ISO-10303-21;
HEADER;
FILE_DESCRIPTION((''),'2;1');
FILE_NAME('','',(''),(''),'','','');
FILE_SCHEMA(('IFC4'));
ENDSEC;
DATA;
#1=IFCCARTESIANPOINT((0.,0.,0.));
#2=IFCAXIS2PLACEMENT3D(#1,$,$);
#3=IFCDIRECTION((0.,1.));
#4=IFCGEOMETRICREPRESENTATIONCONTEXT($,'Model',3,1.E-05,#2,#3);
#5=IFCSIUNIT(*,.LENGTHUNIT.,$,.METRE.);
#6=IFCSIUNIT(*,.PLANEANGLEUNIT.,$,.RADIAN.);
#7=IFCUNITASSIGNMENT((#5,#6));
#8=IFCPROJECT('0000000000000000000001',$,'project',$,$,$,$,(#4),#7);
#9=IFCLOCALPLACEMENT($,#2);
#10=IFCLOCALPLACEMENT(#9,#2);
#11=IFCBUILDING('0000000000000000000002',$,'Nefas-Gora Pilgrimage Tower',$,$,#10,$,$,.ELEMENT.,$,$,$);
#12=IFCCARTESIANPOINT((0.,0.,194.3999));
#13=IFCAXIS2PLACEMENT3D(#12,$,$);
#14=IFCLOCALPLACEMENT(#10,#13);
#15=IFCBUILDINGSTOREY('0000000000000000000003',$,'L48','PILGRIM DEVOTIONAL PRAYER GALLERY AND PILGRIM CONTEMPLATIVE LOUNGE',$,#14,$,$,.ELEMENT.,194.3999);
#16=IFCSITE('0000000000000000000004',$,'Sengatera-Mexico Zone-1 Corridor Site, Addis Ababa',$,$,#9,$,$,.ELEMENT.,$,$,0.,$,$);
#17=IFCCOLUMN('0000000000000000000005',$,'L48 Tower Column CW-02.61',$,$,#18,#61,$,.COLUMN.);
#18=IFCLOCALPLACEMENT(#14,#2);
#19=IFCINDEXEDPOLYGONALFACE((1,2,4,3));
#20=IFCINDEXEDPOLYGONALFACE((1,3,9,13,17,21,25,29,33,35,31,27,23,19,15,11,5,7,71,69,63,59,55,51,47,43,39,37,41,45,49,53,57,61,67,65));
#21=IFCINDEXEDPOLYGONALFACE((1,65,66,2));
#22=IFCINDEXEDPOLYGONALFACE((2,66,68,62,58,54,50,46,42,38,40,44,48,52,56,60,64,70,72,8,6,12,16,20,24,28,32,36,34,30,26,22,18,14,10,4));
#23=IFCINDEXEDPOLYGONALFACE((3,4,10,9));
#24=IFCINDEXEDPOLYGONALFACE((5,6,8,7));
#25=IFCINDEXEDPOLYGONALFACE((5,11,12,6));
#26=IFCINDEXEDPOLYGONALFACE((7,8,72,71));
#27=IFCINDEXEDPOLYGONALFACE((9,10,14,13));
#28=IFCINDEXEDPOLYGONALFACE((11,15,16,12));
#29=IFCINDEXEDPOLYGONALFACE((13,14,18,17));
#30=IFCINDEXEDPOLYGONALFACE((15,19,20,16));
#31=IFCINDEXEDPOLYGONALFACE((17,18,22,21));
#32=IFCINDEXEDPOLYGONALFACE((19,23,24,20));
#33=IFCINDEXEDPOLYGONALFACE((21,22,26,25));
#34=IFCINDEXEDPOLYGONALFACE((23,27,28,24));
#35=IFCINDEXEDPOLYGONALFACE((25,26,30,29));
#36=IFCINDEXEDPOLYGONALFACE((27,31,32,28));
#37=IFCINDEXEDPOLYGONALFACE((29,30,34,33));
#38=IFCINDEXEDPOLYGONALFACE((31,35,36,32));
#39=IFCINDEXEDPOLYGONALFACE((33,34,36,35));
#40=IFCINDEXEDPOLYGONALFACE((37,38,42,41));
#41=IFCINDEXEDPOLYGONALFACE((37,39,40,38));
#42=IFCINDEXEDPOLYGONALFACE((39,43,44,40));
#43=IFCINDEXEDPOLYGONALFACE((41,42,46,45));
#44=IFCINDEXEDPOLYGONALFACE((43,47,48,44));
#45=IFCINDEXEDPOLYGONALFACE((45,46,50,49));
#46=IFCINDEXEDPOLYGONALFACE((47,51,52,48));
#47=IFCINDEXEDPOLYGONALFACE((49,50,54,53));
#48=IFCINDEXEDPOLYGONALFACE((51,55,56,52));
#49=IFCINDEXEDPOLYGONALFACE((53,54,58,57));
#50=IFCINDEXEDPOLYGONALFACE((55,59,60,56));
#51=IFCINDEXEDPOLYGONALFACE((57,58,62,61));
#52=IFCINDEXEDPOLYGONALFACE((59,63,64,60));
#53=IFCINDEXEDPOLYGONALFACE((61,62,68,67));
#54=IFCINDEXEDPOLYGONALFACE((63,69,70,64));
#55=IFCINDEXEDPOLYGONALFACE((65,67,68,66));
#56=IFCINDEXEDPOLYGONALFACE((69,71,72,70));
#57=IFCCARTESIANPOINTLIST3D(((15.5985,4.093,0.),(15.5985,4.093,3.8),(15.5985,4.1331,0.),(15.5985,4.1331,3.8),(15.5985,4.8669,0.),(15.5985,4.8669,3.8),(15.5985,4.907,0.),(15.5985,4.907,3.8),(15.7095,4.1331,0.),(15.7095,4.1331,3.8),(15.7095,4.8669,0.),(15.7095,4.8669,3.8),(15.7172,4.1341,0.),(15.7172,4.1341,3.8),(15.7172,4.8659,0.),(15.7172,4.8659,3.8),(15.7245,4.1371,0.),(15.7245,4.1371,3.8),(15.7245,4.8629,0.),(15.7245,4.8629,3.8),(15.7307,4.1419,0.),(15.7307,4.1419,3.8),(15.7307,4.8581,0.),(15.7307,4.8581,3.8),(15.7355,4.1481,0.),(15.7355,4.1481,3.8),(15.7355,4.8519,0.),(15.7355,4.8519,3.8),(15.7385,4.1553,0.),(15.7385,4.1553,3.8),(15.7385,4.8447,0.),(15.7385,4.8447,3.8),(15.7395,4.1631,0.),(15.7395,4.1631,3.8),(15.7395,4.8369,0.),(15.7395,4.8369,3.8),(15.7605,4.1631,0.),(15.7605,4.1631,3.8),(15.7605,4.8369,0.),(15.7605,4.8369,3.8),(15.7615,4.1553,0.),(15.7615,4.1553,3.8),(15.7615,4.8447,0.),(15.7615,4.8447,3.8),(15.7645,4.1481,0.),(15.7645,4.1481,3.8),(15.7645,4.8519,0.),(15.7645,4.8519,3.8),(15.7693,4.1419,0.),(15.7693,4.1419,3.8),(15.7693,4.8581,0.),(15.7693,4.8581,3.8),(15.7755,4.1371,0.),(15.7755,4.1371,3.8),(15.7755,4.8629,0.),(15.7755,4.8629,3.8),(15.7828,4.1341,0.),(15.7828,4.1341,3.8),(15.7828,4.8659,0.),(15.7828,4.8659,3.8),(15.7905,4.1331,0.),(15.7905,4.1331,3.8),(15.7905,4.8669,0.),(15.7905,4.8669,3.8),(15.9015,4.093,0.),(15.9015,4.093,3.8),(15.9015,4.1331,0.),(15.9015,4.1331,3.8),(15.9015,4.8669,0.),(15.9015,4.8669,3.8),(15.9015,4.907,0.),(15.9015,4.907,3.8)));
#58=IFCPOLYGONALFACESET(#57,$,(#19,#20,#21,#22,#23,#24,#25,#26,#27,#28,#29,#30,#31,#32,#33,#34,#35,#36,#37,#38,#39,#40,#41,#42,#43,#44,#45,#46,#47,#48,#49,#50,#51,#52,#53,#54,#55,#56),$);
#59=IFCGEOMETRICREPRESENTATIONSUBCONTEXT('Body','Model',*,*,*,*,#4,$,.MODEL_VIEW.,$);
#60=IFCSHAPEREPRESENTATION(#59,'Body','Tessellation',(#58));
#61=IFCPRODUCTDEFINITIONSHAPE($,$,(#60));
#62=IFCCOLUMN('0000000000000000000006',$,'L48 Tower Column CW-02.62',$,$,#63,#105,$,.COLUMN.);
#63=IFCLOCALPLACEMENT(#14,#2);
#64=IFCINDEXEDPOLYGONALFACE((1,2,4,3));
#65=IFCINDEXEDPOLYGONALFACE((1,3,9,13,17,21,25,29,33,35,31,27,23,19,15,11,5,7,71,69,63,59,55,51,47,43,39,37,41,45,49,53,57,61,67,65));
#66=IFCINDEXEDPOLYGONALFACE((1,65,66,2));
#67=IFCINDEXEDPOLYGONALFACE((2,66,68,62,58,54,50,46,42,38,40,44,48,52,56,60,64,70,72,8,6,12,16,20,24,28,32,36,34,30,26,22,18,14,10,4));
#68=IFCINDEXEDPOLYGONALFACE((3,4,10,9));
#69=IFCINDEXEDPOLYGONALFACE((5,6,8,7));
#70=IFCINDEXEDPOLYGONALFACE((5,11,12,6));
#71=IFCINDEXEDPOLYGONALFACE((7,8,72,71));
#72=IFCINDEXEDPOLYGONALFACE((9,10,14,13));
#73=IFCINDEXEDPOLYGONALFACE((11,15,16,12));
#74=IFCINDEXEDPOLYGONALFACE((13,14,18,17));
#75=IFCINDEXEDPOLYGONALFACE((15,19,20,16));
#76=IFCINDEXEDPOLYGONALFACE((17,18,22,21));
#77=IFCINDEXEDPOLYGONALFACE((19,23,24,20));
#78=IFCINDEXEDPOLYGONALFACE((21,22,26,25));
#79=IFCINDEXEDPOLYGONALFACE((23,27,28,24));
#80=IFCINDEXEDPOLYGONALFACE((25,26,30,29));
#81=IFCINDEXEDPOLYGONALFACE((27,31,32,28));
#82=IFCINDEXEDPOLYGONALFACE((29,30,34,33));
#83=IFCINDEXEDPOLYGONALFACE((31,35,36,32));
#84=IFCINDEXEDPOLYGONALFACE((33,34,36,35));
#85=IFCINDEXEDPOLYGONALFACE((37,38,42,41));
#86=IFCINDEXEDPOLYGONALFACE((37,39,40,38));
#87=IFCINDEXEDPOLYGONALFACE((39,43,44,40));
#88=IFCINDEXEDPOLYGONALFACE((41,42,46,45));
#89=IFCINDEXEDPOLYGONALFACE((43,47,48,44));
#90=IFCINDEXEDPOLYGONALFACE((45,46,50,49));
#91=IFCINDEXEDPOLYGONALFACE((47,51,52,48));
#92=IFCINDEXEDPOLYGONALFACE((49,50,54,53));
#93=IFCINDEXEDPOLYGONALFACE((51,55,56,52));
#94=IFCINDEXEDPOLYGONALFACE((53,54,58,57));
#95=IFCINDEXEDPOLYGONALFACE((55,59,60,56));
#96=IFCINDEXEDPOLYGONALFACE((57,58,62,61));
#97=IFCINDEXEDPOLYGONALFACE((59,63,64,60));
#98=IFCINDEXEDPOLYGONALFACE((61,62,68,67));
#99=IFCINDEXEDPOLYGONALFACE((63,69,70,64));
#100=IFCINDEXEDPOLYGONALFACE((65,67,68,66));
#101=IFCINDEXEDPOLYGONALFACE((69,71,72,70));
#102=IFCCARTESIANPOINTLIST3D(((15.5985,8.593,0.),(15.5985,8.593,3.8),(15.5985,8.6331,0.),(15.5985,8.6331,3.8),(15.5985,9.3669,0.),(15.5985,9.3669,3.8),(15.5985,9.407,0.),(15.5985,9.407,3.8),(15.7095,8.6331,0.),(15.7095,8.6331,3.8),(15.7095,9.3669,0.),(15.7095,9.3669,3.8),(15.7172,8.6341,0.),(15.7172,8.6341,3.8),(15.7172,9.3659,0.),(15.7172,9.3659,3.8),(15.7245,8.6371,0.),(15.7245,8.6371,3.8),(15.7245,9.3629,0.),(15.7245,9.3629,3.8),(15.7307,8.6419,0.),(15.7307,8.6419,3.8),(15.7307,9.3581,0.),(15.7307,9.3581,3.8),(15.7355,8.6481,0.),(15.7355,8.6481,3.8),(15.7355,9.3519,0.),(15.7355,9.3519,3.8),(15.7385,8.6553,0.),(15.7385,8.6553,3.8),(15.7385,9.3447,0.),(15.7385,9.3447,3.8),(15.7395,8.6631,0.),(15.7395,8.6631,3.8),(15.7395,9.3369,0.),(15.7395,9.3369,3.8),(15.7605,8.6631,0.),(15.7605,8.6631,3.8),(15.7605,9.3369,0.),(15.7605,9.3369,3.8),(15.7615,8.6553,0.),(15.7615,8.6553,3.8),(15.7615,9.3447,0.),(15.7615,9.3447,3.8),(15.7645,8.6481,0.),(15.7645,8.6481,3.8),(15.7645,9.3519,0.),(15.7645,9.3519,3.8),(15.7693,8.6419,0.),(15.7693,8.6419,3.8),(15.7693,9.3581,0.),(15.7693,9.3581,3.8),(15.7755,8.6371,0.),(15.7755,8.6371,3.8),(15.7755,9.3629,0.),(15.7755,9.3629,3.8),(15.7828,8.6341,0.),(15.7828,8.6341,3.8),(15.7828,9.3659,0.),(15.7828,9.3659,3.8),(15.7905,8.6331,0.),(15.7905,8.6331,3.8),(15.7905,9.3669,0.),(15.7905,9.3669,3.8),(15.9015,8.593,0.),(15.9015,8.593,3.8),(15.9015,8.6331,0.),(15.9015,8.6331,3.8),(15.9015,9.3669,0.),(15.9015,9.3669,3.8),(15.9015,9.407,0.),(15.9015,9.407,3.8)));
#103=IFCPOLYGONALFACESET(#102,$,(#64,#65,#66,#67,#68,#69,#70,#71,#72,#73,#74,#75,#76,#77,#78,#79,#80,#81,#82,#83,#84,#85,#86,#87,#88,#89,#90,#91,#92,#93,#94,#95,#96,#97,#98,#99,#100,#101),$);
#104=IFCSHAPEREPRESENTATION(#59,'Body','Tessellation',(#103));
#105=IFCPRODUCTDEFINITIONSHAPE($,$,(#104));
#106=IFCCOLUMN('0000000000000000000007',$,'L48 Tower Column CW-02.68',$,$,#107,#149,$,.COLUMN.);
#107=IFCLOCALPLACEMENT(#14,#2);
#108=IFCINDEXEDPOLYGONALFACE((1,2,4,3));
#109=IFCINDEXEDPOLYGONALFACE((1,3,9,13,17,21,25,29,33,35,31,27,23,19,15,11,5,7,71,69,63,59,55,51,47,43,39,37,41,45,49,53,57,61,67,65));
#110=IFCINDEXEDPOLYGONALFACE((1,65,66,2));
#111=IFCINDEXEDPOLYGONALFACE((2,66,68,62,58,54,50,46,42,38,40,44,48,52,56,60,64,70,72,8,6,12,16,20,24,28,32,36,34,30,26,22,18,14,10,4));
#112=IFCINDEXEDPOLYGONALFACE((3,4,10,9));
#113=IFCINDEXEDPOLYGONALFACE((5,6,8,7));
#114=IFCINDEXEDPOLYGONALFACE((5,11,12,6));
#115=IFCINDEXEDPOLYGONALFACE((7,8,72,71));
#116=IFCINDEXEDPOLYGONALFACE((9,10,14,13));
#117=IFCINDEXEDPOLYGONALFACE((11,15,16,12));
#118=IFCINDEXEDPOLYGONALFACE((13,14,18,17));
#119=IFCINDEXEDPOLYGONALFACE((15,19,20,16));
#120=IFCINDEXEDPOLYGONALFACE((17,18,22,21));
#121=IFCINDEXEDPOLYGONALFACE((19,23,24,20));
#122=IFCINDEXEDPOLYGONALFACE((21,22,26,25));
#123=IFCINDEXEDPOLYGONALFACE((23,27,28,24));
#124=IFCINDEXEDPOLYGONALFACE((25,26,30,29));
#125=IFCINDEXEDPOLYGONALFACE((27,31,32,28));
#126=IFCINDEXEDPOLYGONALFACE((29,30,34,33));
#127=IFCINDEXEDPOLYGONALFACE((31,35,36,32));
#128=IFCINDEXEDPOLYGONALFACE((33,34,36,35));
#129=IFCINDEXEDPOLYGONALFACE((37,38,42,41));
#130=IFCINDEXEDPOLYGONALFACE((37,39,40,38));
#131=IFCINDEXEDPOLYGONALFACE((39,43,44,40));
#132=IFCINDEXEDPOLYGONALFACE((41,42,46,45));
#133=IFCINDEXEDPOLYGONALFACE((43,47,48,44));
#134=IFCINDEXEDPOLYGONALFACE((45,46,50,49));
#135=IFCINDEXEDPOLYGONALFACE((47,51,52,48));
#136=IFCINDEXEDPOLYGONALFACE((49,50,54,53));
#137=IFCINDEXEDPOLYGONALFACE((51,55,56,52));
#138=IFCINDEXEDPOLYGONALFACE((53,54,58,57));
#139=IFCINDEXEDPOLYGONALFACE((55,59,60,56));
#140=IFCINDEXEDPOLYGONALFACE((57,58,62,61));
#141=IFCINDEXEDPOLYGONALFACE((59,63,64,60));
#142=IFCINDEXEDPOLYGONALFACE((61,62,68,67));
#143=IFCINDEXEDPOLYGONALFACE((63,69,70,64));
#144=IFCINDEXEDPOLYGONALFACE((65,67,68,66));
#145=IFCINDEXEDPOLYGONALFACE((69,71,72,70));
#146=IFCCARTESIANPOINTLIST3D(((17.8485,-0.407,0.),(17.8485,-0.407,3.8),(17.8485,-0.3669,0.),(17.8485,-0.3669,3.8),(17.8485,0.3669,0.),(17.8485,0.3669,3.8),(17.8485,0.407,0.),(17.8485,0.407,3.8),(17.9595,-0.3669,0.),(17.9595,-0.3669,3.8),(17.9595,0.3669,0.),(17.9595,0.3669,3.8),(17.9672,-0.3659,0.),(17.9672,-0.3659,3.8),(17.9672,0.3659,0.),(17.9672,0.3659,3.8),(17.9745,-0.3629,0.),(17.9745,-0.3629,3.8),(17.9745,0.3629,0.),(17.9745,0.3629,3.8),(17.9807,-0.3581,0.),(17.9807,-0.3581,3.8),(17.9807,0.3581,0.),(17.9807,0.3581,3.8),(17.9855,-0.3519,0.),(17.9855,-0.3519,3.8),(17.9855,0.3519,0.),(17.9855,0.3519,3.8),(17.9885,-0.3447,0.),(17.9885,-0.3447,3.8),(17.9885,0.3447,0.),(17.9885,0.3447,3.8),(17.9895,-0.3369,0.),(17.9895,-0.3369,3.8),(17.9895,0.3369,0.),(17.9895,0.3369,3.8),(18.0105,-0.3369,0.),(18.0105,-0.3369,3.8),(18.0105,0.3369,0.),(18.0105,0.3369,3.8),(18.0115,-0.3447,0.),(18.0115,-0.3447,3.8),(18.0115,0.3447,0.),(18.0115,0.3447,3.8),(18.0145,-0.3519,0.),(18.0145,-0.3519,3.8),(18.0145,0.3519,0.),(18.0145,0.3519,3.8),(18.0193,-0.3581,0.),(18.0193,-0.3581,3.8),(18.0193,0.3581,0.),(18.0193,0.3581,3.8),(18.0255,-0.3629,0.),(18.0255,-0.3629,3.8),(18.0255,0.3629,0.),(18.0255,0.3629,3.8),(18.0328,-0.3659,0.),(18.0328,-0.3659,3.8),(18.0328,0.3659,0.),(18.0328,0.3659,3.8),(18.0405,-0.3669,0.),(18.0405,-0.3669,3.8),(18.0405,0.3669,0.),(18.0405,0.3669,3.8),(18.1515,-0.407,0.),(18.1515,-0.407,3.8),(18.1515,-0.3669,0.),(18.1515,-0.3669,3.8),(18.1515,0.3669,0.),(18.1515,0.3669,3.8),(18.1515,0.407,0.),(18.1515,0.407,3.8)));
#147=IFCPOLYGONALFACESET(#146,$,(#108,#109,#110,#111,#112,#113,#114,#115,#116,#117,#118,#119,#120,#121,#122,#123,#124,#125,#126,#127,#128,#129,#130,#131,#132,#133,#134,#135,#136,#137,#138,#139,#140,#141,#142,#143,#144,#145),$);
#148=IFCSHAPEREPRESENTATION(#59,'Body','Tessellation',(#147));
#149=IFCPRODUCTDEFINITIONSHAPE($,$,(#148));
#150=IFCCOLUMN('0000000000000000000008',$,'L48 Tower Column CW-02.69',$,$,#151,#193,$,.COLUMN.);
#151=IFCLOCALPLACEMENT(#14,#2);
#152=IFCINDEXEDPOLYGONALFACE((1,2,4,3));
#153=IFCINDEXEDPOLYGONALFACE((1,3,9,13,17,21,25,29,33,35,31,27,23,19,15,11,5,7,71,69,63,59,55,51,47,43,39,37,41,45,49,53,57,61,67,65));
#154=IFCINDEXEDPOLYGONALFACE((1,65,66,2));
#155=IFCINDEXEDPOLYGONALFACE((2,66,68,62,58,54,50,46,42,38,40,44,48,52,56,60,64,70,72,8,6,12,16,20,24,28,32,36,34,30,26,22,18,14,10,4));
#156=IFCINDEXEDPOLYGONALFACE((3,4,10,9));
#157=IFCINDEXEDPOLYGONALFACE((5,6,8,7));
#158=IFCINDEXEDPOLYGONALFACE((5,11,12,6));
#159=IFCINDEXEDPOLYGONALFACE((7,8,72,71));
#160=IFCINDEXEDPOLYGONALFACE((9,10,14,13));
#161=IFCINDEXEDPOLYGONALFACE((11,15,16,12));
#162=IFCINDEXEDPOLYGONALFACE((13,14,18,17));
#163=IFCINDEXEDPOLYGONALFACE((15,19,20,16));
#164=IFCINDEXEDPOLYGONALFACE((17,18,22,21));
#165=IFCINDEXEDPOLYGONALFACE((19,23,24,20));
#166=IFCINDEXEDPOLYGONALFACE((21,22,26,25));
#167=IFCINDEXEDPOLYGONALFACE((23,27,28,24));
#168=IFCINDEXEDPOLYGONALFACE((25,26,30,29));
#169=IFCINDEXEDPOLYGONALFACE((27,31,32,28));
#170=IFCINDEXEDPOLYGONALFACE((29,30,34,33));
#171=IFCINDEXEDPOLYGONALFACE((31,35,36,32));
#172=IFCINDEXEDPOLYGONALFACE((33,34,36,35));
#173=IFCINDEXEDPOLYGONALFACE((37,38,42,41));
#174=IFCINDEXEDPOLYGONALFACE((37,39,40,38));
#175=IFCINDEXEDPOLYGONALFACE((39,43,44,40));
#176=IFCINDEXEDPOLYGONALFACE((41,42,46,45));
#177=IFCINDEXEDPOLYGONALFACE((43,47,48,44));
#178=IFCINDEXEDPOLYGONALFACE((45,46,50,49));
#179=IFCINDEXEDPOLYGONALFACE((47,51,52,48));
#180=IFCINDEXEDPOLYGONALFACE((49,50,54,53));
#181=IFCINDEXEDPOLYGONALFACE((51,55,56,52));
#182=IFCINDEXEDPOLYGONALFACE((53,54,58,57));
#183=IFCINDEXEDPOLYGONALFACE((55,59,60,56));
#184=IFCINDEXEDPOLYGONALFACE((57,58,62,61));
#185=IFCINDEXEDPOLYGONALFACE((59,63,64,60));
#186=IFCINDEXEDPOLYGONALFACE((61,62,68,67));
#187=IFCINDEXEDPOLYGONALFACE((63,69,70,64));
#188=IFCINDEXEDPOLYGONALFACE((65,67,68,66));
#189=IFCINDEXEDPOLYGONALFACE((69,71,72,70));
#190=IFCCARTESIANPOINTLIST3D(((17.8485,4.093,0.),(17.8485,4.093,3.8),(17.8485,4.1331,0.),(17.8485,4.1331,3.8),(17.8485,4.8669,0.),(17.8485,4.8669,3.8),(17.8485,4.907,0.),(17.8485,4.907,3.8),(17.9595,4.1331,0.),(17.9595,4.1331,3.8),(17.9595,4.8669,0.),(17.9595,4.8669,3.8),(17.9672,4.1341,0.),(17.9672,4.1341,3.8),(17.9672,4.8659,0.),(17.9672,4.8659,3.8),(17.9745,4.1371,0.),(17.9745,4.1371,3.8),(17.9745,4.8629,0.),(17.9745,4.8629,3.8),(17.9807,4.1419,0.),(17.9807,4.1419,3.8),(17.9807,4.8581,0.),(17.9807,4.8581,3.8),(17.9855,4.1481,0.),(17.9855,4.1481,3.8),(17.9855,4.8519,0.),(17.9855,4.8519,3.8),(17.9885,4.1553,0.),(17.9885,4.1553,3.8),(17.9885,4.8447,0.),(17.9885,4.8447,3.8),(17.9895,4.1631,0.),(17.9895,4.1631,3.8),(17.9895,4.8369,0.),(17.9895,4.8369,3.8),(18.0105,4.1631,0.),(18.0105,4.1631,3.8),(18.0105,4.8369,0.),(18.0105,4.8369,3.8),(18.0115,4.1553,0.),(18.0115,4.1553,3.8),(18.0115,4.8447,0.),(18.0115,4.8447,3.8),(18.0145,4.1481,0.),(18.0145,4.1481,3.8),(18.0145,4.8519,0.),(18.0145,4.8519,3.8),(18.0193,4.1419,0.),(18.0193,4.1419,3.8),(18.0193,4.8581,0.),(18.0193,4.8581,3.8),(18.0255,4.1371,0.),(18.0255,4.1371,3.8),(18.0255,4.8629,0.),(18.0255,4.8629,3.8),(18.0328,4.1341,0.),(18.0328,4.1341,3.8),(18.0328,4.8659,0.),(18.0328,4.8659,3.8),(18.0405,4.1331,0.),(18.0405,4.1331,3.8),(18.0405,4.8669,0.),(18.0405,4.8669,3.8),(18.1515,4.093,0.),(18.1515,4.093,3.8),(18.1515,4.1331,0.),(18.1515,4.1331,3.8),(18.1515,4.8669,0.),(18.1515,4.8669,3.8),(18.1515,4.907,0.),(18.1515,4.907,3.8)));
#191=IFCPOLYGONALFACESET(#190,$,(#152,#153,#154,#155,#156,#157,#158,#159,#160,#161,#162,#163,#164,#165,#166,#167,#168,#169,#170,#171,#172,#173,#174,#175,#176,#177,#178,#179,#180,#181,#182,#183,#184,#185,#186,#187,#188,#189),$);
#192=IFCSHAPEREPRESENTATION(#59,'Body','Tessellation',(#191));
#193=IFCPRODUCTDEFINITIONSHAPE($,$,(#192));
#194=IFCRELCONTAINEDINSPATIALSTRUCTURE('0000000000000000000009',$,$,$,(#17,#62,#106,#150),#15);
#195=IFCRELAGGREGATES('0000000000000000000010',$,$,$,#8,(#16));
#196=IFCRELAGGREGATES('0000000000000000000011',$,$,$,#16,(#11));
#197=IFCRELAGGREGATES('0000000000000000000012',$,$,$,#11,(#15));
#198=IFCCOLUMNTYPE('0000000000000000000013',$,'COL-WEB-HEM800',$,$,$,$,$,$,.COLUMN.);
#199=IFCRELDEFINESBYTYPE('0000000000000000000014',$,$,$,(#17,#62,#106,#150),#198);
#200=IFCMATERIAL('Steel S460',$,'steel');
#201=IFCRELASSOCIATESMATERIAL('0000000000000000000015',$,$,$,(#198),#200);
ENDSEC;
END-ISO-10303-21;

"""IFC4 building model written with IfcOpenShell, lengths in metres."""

from ifc_helpers import new_model, si_unit, direction, frame, origin, origin_2d, place, context, subcontext, project, spatial, i_section, extrude, source, transform, mapped, material, material_profile, profile_set, type_object, element, save


model = new_model("IFC4")

# Units and contexts
model_context = context("Model", 3, precision=1e-05, world=origin(), true_north=direction((0.0, 1.0)))
body_context = subcontext(model_context, "Body", "Model", "MODEL_VIEW")
ifc_project = project(units=[si_unit("LENGTHUNIT", "METRE"), si_unit("PLANEANGLEUNIT", "RADIAN")], contexts=[model_context])

# Site, building, storey
site_placement = place(None, origin())
site = spatial("IfcSite", under=ifc_project, at=site_placement, Name="Sengatera-Mexico Zone-1 Corridor Site, Addis Ababa", CompositionType="ELEMENT", RefElevation=0.0)
building_placement = place(site_placement, origin())
building = spatial("IfcBuilding", under=site, at=building_placement, Name="Nefas-Gora Pilgrimage Tower", CompositionType="ELEMENT")
storey_placement = place(building_placement, frame((0.0, 0.0, 194.3999)))
storey = spatial("IfcBuildingStorey", under=building, at=storey_placement, Name="L48", Description="PILGRIM DEVOTIONAL PRAYER GALLERY AND PILGRIM CONTEMPLATIVE LOUNGE", CompositionType="ELEMENT", Elevation=194.3999)

# Columns
ifc_material_1 = material(Name="Steel S460", Category="steel")
ifc_material_profile_1 = material_profile(ifc_material_1, i_section(OverallWidth=0.303, OverallDepth=0.814, WebThickness=0.021, FlangeThickness=0.04, FilletRadius=0.03, at=origin_2d()), Name="HEM 800")
ifc_profile_set_1 = profile_set([ifc_material_profile_1], Name="Steel S460")
column_type_1 = type_object("IfcColumnType", Name="COL-WEB-HEM800", PredefinedType="COLUMN", material=ifc_profile_set_1)
shared_shape_1 = source(origin(), body_context, "Body", "SweptSolid", [
    extrude(i_section(OverallWidth=0.303, OverallDepth=0.814, WebThickness=0.021, FlangeThickness=0.04, FilletRadius=0.03, at=origin_2d()), origin(), (0.0, 0.0, 1.0), 3.8),
])
for number, where, z_axis, x_axis, name in (
    (1, (15.75, 4.5, 0.0), (0.0, 0.0, 1.0), (1.0, 0.0, 0.0), "L48 Tower Column CW-02.61"),
    (2, (15.75, 9.0, 0.0), (0.0, 0.0, 1.0), (1.0, 0.0, 0.0), "L48 Tower Column CW-02.62"),
    (3, (18.0, 0.0, 0.0), (0.0, 0.0, 1.0), (1.0, 0.0, 0.0), "L48 Tower Column CW-02.68"),
    (4, (18.0, 4.5, 0.0), (0.0, 0.0, 1.0), (1.0, 0.0, 0.0), "L48 Tower Column CW-02.69"),
):
    element("IfcColumn", number, at=place(storey_placement, frame(where, z_axis=z_axis, x_axis=x_axis)), inside=storey, type_object=column_type_1, Name=name, PredefinedType="COLUMN", context=body_context, shape_type="MappedRepresentation", body=[
        mapped(shared_shape_1, transform((0.0, 0.0, 0.0), x_axis=(1.0, 0.0, 0.0), y_axis=(0.0, 1.0, 0.0), z_axis=(0.0, 0.0, 1.0), scale=1.0)),
    ])

save(model, "model.ifc")
